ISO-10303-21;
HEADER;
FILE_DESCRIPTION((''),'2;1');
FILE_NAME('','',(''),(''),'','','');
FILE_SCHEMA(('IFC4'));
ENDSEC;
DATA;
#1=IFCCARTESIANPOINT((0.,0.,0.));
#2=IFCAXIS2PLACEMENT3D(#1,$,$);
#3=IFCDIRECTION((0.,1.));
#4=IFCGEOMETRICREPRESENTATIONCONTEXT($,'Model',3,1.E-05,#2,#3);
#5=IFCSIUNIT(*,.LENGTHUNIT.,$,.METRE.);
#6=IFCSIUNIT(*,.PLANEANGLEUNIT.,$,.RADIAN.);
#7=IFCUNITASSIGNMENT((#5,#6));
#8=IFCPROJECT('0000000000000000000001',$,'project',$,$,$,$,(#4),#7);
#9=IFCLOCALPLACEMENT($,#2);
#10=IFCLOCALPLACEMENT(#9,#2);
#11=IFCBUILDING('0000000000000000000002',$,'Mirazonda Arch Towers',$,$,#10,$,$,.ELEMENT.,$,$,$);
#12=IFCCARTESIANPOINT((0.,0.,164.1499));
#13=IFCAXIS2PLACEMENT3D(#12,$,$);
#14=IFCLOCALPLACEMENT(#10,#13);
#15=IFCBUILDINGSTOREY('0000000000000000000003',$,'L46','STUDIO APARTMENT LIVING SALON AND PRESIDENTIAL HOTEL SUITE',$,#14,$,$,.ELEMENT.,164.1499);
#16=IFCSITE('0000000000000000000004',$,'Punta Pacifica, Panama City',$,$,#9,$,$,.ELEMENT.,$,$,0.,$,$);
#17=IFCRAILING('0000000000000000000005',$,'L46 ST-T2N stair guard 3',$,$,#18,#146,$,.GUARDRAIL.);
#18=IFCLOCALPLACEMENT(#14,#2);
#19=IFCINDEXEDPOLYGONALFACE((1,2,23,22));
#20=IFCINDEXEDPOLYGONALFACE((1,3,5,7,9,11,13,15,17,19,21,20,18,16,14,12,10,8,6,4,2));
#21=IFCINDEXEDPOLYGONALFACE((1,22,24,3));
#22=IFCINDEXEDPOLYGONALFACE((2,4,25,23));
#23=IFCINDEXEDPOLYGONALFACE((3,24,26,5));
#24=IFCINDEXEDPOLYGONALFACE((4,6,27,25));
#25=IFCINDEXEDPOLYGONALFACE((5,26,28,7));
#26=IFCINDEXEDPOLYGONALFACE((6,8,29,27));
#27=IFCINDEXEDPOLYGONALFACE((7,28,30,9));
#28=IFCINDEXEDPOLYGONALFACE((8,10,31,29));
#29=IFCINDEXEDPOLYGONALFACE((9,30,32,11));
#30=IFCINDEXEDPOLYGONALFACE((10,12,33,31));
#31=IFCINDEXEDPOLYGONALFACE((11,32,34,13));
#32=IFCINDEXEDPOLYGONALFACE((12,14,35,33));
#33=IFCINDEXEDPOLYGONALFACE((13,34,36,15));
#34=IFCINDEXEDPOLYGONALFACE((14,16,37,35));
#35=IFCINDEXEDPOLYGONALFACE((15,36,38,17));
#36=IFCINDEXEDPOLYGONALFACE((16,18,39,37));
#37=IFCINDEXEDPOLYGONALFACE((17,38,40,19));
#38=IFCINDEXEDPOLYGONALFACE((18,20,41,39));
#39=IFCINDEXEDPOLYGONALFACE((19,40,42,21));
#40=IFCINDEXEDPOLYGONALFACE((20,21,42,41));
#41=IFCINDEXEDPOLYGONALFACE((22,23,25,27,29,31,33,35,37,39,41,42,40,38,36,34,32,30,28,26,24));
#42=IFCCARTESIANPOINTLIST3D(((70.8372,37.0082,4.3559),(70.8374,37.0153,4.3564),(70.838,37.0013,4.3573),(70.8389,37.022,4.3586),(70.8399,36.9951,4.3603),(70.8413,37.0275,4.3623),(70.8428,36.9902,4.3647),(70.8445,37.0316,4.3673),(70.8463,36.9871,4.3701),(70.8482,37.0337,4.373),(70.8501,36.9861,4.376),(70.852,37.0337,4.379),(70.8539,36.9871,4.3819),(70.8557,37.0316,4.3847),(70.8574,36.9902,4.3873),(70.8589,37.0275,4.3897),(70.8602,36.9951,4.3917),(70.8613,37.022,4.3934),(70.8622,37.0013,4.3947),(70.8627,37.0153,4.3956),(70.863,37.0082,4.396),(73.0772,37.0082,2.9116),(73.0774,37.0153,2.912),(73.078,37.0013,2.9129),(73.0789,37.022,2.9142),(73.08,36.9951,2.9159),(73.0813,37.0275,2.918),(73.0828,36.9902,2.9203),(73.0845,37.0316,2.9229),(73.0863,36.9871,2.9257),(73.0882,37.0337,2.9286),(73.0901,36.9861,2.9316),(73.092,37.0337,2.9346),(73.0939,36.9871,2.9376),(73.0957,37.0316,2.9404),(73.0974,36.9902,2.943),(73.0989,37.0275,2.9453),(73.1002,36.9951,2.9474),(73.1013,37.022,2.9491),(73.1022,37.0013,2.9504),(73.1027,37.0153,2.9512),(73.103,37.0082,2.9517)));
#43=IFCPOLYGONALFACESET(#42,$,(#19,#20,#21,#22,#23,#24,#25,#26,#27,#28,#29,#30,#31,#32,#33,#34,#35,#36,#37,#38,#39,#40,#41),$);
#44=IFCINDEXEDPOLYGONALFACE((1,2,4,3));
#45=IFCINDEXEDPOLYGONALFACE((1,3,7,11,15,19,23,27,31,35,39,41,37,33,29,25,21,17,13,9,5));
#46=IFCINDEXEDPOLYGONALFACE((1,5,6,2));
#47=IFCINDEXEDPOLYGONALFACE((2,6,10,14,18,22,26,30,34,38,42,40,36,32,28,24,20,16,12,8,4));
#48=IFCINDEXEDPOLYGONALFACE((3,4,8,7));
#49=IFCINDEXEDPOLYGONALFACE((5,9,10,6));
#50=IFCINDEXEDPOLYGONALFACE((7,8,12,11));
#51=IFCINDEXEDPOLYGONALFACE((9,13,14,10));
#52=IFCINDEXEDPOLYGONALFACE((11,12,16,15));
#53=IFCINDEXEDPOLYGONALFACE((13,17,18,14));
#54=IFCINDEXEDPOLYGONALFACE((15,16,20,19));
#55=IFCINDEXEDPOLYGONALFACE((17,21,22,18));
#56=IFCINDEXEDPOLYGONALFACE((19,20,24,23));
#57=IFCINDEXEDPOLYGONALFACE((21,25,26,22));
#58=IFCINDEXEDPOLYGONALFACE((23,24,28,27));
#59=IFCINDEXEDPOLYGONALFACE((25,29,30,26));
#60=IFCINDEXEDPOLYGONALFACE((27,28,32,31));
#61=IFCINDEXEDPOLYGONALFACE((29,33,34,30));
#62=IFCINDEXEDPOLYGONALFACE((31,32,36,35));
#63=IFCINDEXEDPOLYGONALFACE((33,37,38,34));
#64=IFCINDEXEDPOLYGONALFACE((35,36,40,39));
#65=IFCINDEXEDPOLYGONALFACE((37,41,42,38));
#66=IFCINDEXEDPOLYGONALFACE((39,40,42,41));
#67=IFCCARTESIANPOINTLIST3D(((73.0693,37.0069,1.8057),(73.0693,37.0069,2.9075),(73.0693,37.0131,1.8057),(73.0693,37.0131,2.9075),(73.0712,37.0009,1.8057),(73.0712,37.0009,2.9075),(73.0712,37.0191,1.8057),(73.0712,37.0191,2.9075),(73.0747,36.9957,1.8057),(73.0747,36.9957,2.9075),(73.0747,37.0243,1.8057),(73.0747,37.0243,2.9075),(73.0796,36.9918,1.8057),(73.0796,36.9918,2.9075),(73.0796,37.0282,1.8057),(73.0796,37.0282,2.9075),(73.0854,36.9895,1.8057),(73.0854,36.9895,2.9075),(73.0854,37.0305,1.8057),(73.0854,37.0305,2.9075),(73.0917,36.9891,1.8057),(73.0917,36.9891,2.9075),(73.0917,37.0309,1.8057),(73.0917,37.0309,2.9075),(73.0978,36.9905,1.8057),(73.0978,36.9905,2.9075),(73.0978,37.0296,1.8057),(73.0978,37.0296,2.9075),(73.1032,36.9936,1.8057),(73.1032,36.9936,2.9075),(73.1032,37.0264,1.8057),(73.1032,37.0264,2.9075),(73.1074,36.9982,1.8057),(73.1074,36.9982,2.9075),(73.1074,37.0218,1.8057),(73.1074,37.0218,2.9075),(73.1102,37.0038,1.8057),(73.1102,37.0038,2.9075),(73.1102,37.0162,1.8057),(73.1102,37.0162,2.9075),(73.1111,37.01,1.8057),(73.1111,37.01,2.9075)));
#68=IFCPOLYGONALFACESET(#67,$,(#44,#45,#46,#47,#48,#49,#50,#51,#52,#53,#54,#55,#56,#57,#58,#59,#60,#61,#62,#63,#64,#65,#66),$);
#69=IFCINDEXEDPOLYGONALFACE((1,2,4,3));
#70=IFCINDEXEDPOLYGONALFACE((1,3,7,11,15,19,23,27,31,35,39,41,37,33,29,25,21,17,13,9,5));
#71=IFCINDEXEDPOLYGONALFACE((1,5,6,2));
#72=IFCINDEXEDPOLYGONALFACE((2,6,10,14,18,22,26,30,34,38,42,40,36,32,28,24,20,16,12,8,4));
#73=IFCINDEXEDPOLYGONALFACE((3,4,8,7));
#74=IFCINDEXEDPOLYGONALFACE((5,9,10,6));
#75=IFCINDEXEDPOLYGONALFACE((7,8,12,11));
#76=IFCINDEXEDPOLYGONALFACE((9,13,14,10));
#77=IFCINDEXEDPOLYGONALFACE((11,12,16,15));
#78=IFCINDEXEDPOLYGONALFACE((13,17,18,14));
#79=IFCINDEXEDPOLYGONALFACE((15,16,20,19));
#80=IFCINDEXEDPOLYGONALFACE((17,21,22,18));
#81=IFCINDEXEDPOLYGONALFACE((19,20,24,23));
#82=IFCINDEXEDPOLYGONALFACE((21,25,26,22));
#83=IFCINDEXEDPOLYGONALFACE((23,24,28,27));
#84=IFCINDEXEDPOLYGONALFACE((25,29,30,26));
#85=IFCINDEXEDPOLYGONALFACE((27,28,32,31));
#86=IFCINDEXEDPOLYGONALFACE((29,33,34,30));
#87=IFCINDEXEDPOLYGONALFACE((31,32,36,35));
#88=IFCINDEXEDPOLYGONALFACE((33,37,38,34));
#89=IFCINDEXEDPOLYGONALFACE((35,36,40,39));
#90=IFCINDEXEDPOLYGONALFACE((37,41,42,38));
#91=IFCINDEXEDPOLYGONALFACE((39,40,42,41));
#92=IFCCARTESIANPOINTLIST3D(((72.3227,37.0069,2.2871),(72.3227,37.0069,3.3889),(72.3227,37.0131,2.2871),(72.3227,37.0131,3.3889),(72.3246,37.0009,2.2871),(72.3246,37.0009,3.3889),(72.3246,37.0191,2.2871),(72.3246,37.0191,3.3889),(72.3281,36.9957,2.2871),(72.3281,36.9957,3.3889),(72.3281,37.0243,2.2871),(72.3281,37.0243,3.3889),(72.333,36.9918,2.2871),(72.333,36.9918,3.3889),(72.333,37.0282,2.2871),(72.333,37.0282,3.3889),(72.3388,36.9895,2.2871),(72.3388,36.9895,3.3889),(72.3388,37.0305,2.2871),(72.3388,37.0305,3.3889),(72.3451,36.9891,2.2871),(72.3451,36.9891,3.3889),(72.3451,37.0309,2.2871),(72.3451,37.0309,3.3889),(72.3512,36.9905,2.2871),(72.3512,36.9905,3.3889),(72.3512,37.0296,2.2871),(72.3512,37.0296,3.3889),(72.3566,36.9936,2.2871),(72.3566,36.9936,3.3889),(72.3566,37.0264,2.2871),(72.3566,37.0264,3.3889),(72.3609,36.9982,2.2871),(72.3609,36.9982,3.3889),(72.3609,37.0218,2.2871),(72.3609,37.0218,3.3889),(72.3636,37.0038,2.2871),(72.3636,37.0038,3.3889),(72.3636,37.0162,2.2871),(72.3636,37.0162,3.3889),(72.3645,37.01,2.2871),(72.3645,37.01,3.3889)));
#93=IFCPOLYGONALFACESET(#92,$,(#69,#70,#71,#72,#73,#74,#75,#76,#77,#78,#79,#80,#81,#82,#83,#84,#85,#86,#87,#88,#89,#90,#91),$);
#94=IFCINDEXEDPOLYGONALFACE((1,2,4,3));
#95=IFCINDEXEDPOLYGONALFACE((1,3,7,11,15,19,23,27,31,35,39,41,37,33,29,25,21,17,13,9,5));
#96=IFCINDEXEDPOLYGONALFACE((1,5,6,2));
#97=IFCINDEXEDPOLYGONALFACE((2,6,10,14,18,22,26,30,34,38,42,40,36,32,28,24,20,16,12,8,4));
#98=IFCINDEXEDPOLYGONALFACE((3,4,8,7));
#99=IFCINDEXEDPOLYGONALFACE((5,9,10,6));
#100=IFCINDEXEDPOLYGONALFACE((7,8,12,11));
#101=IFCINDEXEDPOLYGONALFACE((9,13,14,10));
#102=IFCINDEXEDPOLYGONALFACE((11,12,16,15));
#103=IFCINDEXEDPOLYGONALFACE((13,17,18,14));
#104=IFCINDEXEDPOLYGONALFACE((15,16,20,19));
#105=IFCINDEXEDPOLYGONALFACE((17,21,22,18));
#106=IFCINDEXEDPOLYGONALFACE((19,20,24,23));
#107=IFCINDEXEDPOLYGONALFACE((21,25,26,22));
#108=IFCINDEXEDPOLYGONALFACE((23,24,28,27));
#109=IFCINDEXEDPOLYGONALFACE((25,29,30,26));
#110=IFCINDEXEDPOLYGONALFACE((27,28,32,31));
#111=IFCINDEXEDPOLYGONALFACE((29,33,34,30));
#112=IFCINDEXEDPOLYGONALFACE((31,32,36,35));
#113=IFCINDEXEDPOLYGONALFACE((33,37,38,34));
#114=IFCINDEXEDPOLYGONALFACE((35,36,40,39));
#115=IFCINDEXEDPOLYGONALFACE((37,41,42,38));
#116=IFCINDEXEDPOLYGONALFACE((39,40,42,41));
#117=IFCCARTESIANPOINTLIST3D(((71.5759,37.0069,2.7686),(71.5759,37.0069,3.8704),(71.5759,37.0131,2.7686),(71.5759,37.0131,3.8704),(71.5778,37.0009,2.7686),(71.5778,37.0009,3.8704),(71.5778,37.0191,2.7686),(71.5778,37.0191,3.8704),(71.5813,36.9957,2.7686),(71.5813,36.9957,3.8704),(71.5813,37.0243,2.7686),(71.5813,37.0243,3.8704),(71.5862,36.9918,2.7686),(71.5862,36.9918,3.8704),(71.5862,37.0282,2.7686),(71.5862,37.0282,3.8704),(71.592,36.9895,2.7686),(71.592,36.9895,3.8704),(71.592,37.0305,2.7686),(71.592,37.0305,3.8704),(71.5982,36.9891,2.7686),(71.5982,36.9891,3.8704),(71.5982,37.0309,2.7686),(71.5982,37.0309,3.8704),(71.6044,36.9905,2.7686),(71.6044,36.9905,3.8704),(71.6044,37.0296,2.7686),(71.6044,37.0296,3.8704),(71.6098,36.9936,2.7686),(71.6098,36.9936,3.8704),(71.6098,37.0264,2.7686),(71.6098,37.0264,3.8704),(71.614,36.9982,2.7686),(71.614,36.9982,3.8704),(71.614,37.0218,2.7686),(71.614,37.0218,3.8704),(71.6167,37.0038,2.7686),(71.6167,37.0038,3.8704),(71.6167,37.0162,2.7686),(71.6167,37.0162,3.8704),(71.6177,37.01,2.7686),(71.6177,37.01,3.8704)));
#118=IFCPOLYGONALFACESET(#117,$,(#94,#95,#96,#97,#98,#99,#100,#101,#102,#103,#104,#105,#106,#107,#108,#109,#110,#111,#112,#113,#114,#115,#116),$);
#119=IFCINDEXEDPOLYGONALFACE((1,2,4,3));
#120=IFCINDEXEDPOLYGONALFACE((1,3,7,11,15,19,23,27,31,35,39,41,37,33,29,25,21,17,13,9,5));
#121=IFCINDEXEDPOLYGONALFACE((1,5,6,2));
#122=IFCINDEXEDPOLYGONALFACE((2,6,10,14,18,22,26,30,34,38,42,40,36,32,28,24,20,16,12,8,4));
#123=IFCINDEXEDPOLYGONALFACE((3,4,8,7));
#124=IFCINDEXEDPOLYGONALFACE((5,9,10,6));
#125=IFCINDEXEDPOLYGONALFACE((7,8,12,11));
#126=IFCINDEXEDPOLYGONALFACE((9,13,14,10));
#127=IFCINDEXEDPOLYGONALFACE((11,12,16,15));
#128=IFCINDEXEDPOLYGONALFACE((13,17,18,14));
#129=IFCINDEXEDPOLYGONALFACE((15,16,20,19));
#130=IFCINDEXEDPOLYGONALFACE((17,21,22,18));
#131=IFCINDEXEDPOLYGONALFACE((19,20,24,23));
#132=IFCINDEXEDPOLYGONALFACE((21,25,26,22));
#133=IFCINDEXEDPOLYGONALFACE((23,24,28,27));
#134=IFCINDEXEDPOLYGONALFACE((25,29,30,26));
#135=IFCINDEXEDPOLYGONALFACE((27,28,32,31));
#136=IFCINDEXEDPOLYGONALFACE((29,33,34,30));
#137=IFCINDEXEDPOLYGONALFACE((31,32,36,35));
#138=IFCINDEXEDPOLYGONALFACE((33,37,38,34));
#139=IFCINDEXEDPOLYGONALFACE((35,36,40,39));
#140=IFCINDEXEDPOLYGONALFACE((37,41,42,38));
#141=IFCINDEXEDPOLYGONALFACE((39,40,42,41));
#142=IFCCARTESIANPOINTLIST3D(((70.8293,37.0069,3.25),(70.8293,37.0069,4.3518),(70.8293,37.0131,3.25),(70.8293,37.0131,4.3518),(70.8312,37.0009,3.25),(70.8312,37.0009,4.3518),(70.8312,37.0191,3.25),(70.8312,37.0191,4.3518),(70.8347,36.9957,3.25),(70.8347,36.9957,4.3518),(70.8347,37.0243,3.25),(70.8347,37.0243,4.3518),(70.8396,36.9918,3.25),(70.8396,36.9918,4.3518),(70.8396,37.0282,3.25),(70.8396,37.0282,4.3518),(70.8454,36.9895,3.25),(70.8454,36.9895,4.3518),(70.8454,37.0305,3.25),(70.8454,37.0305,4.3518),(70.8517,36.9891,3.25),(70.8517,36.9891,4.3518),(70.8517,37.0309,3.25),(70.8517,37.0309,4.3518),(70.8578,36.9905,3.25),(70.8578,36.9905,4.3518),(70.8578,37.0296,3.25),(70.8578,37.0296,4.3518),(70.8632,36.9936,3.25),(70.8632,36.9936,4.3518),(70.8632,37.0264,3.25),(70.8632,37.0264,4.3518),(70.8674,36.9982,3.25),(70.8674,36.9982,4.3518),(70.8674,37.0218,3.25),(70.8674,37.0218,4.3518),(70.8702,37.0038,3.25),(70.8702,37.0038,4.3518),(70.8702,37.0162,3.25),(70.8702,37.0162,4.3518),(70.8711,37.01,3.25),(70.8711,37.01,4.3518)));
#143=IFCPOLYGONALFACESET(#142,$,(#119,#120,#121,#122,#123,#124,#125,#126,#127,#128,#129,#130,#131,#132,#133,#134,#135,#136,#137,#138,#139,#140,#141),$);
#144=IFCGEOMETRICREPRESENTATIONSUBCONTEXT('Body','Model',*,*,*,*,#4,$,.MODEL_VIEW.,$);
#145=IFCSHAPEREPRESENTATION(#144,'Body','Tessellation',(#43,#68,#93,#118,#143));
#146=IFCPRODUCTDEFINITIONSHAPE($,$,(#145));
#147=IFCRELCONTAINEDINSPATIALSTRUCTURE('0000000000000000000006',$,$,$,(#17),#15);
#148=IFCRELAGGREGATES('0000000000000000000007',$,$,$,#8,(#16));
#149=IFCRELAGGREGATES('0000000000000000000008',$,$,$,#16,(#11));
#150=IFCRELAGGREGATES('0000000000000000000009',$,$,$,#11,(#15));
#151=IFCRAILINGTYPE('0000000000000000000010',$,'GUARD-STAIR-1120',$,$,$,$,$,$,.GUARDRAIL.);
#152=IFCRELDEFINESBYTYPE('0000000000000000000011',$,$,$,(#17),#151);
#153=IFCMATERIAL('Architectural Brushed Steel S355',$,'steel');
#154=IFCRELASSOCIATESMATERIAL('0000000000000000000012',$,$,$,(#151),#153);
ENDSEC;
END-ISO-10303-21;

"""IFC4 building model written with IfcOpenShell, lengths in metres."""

from ifc_helpers import new_model, si_unit, direction, frame, origin, origin_2d, place, context, subcontext, project, spatial, circle, extrude, material, type_object, element, save


model = new_model("IFC4")

# Units and contexts
model_context = context("Model", 3, precision=1e-05, world=origin(), true_north=direction((0.0, 1.0)))
body_context = subcontext(model_context, "Body", "Model", "MODEL_VIEW")
ifc_project = project(units=[si_unit("LENGTHUNIT", "METRE"), si_unit("PLANEANGLEUNIT", "RADIAN")], contexts=[model_context])

# Site, building, storey
site_placement = place(None, origin())
site = spatial("IfcSite", under=ifc_project, at=site_placement, Name="Punta Pacifica, Panama City", CompositionType="ELEMENT", RefElevation=0.0)
building_placement = place(site_placement, origin())
building = spatial("IfcBuilding", under=site, at=building_placement, Name="Mirazonda Arch Towers", CompositionType="ELEMENT")
storey_placement = place(building_placement, frame((0.0, 0.0, 164.1499)))
storey = spatial("IfcBuildingStorey", under=building, at=storey_placement, Name="L46", Description="STUDIO APARTMENT LIVING SALON AND PRESIDENTIAL HOTEL SUITE", CompositionType="ELEMENT", Elevation=164.1499)

# Shared definitions
ifc_material_1 = material(Name="Architectural Brushed Steel S355", Category="steel")

# Railing
railing_type_1 = type_object("IfcRailingType", Name="GUARD-STAIR-1120", PredefinedType="GUARDRAIL", material=ifc_material_1)
railing_1_placement = place(storey_placement, frame((73.0901, 37.01, 1.8057)))
element("IfcRailing", 1, at=railing_1_placement, inside=storey, type_object=railing_type_1, Name="L46 ST-T2N stair guard 3", PredefinedType="GUARDRAIL", context=body_context, shape_type="SweptSolid", body=[
    extrude(circle(Radius=0.0239, at=origin_2d()), frame((0.0, 0.0, 1.126), z_axis=(-0.840437, 0.0, 0.54191), x_axis=(0.0, -1.0, 0.0)), (0.0, 0.0, 1.0), 2.6653),
    extrude(circle(Radius=0.021, at=origin_2d()), origin(), (0.0, 0.0, 1.0), 1.1018),
    extrude(circle(Radius=0.021, at=origin_2d()), frame((-0.7466, 0.0, 0.4814)), (0.0, 0.0, 1.0), 1.1018),
    extrude(circle(Radius=0.021, at=origin_2d()), frame((-1.4934, 0.0, 0.9629)), (0.0, 0.0, 1.0), 1.1018),
    extrude(circle(Radius=0.021, at=origin_2d()), frame((-2.24, 0.0, 1.4443)), (0.0, 0.0, 1.0), 1.1018),
])

save(model, "model.ifc")
